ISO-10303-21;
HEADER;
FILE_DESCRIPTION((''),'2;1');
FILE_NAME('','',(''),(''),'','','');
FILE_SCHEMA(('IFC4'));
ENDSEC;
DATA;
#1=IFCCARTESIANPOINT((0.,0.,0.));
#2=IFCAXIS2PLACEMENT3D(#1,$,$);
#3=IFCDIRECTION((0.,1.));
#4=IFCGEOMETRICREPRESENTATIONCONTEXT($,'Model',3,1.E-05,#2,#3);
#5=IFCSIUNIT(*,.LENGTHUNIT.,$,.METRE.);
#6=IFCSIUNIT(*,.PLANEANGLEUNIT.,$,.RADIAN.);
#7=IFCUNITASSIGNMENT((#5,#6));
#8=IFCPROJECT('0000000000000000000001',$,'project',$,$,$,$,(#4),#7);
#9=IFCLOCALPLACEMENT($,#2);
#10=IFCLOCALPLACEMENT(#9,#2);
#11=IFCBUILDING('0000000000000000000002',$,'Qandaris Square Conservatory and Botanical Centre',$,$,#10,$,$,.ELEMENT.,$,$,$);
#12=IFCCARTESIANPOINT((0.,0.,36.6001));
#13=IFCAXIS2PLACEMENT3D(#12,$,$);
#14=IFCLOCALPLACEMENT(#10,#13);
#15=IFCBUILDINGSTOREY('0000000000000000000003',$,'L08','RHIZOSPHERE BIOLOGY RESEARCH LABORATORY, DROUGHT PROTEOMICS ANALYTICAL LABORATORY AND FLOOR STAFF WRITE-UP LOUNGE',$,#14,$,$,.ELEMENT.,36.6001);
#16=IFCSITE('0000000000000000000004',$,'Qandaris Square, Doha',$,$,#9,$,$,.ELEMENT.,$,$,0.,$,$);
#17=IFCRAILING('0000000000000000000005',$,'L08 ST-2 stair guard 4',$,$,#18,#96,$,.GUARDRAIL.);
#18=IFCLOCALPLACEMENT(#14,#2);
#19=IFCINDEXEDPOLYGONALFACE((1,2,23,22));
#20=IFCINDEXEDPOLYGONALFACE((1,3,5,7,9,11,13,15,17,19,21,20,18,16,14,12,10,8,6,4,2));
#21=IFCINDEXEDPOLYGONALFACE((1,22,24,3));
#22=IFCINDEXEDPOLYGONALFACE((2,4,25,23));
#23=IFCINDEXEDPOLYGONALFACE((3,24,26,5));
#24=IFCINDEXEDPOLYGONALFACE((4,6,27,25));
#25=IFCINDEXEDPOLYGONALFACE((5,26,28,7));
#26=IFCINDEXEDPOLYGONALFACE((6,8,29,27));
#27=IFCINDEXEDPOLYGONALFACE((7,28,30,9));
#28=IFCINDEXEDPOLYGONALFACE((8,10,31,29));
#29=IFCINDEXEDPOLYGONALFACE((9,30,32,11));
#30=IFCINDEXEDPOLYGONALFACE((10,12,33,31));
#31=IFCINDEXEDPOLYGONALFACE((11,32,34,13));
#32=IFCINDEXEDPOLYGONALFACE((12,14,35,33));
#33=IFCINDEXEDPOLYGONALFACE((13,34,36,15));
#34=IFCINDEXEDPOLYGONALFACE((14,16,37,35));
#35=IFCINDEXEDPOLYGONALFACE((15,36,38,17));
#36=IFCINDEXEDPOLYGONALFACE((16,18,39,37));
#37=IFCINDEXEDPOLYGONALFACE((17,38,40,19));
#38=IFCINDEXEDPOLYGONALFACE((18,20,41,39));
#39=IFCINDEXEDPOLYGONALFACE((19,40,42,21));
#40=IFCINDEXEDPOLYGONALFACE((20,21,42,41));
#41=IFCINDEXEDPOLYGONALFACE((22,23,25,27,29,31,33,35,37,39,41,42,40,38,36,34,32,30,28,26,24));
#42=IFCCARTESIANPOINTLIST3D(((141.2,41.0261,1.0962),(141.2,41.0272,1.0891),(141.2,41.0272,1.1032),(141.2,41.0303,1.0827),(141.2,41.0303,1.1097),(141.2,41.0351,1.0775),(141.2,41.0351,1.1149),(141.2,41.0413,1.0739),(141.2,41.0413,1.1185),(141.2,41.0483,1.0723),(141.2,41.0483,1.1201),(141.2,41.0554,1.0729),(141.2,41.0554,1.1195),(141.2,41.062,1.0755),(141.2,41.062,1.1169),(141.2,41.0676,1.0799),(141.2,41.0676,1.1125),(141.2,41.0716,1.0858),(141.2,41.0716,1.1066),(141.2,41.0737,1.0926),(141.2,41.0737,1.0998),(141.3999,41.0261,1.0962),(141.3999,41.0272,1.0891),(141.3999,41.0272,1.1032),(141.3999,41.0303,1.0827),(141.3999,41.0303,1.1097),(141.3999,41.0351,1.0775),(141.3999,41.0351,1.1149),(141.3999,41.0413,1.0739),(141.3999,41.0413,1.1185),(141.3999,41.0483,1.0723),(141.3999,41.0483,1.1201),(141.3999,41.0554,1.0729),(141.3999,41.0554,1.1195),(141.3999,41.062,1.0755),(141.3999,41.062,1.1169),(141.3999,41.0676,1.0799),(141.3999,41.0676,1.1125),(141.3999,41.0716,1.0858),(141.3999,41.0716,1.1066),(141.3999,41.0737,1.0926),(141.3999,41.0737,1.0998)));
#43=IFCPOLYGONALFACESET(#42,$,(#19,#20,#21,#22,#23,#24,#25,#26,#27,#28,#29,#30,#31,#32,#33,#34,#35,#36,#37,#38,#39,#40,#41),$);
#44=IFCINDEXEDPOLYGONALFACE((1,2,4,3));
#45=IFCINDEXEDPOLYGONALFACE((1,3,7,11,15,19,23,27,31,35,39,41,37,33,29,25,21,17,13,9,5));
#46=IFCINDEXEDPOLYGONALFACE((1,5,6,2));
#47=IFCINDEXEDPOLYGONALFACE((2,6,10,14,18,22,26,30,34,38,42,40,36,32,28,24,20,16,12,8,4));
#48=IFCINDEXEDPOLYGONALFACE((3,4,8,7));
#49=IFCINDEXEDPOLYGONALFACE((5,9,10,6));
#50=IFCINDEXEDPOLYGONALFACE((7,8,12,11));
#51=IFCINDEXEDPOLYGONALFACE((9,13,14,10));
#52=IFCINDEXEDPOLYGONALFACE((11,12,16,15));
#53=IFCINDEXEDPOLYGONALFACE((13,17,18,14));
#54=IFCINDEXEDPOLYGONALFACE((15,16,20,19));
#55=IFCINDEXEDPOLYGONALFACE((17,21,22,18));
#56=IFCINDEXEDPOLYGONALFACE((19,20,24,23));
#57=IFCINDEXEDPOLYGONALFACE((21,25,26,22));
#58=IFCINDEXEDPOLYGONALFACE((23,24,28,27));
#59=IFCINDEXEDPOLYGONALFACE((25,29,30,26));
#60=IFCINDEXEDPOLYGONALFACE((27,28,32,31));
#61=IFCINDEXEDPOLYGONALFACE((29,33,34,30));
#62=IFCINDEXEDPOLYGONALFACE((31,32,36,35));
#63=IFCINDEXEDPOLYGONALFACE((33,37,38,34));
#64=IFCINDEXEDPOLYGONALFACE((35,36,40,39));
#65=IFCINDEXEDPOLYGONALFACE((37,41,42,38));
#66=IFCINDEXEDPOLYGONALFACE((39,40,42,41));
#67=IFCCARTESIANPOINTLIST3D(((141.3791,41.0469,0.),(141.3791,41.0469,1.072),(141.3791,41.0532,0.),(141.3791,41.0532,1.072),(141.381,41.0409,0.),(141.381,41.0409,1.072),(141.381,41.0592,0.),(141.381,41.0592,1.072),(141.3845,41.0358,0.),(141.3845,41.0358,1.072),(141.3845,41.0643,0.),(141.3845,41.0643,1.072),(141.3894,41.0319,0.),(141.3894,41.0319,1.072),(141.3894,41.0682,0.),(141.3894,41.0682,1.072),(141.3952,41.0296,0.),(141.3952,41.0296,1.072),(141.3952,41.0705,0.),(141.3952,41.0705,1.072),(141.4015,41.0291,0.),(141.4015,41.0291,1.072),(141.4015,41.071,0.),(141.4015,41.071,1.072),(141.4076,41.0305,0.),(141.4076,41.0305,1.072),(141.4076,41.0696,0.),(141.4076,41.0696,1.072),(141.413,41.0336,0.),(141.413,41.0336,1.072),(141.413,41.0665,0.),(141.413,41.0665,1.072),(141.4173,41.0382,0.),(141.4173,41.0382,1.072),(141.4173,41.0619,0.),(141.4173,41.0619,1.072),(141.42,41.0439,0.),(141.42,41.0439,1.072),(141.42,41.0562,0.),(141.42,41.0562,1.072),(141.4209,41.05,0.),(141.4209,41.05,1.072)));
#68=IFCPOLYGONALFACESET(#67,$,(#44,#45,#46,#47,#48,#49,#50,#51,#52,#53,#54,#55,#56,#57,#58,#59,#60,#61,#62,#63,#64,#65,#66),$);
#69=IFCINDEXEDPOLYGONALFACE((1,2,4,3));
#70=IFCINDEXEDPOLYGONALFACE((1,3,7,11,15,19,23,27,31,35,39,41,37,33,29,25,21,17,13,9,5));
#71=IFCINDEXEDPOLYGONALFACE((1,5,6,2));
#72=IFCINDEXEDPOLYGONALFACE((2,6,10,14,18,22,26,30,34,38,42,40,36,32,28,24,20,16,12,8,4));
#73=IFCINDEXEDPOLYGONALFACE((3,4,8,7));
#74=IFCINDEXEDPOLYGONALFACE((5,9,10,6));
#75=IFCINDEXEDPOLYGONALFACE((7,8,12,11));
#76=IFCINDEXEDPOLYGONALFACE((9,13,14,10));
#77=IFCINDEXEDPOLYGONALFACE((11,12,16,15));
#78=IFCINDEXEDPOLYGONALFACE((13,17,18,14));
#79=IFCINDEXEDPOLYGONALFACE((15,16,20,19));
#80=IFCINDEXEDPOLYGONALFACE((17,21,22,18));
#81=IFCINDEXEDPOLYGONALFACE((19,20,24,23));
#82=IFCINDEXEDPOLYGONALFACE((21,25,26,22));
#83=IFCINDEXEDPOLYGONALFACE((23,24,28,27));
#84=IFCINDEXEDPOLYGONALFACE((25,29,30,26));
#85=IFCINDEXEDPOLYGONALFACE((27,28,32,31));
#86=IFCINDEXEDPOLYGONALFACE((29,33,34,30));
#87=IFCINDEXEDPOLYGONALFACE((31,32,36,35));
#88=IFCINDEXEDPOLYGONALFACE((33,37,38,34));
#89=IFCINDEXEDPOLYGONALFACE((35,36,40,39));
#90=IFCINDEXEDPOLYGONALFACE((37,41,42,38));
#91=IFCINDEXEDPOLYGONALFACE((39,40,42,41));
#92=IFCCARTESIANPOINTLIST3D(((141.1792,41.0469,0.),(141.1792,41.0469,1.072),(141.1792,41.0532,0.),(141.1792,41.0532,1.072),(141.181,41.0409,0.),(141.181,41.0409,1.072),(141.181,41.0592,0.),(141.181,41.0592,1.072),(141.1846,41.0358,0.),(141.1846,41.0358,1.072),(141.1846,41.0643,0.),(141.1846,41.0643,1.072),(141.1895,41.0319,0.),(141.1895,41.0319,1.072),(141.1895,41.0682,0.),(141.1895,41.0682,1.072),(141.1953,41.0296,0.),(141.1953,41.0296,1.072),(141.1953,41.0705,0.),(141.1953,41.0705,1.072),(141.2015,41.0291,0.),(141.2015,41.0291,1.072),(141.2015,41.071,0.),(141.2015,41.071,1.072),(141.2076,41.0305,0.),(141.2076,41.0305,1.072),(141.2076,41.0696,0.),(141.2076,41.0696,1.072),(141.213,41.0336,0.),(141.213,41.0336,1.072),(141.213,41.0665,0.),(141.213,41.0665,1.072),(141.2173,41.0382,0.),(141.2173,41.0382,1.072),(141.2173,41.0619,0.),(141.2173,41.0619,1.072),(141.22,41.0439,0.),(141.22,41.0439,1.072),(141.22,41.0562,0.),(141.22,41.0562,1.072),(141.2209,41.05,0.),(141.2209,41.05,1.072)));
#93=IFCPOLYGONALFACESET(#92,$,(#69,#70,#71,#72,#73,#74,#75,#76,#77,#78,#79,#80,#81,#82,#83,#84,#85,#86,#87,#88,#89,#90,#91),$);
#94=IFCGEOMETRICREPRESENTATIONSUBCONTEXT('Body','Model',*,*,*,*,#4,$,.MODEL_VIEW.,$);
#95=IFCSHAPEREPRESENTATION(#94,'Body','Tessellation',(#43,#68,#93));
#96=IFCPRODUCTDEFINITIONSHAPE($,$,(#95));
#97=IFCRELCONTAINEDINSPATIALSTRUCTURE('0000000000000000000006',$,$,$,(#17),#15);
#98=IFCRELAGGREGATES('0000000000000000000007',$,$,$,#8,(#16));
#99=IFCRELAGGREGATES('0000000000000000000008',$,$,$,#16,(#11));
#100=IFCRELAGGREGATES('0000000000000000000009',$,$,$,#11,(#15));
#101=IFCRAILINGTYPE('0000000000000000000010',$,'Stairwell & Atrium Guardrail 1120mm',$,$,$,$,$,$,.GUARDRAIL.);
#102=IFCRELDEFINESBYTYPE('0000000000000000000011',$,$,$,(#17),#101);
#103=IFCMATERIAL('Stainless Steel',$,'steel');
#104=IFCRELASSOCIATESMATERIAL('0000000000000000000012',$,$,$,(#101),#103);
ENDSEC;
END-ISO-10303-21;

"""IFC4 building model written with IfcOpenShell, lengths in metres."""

from ifc_helpers import new_model, si_unit, direction, frame, origin, origin_2d, place, context, subcontext, project, spatial, circle, extrude, material, type_object, element, save


model = new_model("IFC4")

# Units and contexts
model_context = context("Model", 3, precision=1e-05, world=origin(), true_north=direction((0.0, 1.0)))
body_context = subcontext(model_context, "Body", "Model", "MODEL_VIEW")
ifc_project = project(units=[si_unit("LENGTHUNIT", "METRE"), si_unit("PLANEANGLEUNIT", "RADIAN")], contexts=[model_context])

# Site, building, storey
site_placement = place(None, origin())
site = spatial("IfcSite", under=ifc_project, at=site_placement, Name="Qandaris Square, Doha", CompositionType="ELEMENT", RefElevation=0.0)
building_placement = place(site_placement, origin())
building = spatial("IfcBuilding", under=site, at=building_placement, Name="Qandaris Square Conservatory and Botanical Centre", CompositionType="ELEMENT")
storey_placement = place(building_placement, frame((0.0, 0.0, 36.6001)))
storey = spatial("IfcBuildingStorey", under=building, at=storey_placement, Name="L08", Description="RHIZOSPHERE BIOLOGY RESEARCH LABORATORY, DROUGHT PROTEOMICS ANALYTICAL LABORATORY AND FLOOR STAFF WRITE-UP LOUNGE", CompositionType="ELEMENT", Elevation=36.6001)

# Railing
ifc_material_1 = material(Name="Stainless Steel", Category="steel")
railing_type_1 = type_object("IfcRailingType", Name="Stairwell & Atrium Guardrail 1120mm", PredefinedType="GUARDRAIL", material=ifc_material_1)
railing_1_placement = place(storey_placement, frame((141.3999, 41.05, 0.0)))
element("IfcRailing", 1, at=railing_1_placement, inside=storey, type_object=railing_type_1, Name="L08 ST-2 stair guard 4", PredefinedType="GUARDRAIL", context=body_context, shape_type="SweptSolid", body=[
    extrude(circle(Radius=0.0239, at=origin_2d()), frame((0.0, 0.0, 1.0962), z_axis=(-1.0, 0.0, 0.0), x_axis=(0.0, -1.0, 0.0)), (0.0, 0.0, 1.0), 0.2),
    extrude(circle(Radius=0.021, at=origin_2d()), origin(), (0.0, 0.0, 1.0), 1.072),
    extrude(circle(Radius=0.021, at=origin_2d()), frame((-0.2, 0.0, 0.0)), (0.0, 0.0, 1.0), 1.072),
])

save(model, "model.ifc")
